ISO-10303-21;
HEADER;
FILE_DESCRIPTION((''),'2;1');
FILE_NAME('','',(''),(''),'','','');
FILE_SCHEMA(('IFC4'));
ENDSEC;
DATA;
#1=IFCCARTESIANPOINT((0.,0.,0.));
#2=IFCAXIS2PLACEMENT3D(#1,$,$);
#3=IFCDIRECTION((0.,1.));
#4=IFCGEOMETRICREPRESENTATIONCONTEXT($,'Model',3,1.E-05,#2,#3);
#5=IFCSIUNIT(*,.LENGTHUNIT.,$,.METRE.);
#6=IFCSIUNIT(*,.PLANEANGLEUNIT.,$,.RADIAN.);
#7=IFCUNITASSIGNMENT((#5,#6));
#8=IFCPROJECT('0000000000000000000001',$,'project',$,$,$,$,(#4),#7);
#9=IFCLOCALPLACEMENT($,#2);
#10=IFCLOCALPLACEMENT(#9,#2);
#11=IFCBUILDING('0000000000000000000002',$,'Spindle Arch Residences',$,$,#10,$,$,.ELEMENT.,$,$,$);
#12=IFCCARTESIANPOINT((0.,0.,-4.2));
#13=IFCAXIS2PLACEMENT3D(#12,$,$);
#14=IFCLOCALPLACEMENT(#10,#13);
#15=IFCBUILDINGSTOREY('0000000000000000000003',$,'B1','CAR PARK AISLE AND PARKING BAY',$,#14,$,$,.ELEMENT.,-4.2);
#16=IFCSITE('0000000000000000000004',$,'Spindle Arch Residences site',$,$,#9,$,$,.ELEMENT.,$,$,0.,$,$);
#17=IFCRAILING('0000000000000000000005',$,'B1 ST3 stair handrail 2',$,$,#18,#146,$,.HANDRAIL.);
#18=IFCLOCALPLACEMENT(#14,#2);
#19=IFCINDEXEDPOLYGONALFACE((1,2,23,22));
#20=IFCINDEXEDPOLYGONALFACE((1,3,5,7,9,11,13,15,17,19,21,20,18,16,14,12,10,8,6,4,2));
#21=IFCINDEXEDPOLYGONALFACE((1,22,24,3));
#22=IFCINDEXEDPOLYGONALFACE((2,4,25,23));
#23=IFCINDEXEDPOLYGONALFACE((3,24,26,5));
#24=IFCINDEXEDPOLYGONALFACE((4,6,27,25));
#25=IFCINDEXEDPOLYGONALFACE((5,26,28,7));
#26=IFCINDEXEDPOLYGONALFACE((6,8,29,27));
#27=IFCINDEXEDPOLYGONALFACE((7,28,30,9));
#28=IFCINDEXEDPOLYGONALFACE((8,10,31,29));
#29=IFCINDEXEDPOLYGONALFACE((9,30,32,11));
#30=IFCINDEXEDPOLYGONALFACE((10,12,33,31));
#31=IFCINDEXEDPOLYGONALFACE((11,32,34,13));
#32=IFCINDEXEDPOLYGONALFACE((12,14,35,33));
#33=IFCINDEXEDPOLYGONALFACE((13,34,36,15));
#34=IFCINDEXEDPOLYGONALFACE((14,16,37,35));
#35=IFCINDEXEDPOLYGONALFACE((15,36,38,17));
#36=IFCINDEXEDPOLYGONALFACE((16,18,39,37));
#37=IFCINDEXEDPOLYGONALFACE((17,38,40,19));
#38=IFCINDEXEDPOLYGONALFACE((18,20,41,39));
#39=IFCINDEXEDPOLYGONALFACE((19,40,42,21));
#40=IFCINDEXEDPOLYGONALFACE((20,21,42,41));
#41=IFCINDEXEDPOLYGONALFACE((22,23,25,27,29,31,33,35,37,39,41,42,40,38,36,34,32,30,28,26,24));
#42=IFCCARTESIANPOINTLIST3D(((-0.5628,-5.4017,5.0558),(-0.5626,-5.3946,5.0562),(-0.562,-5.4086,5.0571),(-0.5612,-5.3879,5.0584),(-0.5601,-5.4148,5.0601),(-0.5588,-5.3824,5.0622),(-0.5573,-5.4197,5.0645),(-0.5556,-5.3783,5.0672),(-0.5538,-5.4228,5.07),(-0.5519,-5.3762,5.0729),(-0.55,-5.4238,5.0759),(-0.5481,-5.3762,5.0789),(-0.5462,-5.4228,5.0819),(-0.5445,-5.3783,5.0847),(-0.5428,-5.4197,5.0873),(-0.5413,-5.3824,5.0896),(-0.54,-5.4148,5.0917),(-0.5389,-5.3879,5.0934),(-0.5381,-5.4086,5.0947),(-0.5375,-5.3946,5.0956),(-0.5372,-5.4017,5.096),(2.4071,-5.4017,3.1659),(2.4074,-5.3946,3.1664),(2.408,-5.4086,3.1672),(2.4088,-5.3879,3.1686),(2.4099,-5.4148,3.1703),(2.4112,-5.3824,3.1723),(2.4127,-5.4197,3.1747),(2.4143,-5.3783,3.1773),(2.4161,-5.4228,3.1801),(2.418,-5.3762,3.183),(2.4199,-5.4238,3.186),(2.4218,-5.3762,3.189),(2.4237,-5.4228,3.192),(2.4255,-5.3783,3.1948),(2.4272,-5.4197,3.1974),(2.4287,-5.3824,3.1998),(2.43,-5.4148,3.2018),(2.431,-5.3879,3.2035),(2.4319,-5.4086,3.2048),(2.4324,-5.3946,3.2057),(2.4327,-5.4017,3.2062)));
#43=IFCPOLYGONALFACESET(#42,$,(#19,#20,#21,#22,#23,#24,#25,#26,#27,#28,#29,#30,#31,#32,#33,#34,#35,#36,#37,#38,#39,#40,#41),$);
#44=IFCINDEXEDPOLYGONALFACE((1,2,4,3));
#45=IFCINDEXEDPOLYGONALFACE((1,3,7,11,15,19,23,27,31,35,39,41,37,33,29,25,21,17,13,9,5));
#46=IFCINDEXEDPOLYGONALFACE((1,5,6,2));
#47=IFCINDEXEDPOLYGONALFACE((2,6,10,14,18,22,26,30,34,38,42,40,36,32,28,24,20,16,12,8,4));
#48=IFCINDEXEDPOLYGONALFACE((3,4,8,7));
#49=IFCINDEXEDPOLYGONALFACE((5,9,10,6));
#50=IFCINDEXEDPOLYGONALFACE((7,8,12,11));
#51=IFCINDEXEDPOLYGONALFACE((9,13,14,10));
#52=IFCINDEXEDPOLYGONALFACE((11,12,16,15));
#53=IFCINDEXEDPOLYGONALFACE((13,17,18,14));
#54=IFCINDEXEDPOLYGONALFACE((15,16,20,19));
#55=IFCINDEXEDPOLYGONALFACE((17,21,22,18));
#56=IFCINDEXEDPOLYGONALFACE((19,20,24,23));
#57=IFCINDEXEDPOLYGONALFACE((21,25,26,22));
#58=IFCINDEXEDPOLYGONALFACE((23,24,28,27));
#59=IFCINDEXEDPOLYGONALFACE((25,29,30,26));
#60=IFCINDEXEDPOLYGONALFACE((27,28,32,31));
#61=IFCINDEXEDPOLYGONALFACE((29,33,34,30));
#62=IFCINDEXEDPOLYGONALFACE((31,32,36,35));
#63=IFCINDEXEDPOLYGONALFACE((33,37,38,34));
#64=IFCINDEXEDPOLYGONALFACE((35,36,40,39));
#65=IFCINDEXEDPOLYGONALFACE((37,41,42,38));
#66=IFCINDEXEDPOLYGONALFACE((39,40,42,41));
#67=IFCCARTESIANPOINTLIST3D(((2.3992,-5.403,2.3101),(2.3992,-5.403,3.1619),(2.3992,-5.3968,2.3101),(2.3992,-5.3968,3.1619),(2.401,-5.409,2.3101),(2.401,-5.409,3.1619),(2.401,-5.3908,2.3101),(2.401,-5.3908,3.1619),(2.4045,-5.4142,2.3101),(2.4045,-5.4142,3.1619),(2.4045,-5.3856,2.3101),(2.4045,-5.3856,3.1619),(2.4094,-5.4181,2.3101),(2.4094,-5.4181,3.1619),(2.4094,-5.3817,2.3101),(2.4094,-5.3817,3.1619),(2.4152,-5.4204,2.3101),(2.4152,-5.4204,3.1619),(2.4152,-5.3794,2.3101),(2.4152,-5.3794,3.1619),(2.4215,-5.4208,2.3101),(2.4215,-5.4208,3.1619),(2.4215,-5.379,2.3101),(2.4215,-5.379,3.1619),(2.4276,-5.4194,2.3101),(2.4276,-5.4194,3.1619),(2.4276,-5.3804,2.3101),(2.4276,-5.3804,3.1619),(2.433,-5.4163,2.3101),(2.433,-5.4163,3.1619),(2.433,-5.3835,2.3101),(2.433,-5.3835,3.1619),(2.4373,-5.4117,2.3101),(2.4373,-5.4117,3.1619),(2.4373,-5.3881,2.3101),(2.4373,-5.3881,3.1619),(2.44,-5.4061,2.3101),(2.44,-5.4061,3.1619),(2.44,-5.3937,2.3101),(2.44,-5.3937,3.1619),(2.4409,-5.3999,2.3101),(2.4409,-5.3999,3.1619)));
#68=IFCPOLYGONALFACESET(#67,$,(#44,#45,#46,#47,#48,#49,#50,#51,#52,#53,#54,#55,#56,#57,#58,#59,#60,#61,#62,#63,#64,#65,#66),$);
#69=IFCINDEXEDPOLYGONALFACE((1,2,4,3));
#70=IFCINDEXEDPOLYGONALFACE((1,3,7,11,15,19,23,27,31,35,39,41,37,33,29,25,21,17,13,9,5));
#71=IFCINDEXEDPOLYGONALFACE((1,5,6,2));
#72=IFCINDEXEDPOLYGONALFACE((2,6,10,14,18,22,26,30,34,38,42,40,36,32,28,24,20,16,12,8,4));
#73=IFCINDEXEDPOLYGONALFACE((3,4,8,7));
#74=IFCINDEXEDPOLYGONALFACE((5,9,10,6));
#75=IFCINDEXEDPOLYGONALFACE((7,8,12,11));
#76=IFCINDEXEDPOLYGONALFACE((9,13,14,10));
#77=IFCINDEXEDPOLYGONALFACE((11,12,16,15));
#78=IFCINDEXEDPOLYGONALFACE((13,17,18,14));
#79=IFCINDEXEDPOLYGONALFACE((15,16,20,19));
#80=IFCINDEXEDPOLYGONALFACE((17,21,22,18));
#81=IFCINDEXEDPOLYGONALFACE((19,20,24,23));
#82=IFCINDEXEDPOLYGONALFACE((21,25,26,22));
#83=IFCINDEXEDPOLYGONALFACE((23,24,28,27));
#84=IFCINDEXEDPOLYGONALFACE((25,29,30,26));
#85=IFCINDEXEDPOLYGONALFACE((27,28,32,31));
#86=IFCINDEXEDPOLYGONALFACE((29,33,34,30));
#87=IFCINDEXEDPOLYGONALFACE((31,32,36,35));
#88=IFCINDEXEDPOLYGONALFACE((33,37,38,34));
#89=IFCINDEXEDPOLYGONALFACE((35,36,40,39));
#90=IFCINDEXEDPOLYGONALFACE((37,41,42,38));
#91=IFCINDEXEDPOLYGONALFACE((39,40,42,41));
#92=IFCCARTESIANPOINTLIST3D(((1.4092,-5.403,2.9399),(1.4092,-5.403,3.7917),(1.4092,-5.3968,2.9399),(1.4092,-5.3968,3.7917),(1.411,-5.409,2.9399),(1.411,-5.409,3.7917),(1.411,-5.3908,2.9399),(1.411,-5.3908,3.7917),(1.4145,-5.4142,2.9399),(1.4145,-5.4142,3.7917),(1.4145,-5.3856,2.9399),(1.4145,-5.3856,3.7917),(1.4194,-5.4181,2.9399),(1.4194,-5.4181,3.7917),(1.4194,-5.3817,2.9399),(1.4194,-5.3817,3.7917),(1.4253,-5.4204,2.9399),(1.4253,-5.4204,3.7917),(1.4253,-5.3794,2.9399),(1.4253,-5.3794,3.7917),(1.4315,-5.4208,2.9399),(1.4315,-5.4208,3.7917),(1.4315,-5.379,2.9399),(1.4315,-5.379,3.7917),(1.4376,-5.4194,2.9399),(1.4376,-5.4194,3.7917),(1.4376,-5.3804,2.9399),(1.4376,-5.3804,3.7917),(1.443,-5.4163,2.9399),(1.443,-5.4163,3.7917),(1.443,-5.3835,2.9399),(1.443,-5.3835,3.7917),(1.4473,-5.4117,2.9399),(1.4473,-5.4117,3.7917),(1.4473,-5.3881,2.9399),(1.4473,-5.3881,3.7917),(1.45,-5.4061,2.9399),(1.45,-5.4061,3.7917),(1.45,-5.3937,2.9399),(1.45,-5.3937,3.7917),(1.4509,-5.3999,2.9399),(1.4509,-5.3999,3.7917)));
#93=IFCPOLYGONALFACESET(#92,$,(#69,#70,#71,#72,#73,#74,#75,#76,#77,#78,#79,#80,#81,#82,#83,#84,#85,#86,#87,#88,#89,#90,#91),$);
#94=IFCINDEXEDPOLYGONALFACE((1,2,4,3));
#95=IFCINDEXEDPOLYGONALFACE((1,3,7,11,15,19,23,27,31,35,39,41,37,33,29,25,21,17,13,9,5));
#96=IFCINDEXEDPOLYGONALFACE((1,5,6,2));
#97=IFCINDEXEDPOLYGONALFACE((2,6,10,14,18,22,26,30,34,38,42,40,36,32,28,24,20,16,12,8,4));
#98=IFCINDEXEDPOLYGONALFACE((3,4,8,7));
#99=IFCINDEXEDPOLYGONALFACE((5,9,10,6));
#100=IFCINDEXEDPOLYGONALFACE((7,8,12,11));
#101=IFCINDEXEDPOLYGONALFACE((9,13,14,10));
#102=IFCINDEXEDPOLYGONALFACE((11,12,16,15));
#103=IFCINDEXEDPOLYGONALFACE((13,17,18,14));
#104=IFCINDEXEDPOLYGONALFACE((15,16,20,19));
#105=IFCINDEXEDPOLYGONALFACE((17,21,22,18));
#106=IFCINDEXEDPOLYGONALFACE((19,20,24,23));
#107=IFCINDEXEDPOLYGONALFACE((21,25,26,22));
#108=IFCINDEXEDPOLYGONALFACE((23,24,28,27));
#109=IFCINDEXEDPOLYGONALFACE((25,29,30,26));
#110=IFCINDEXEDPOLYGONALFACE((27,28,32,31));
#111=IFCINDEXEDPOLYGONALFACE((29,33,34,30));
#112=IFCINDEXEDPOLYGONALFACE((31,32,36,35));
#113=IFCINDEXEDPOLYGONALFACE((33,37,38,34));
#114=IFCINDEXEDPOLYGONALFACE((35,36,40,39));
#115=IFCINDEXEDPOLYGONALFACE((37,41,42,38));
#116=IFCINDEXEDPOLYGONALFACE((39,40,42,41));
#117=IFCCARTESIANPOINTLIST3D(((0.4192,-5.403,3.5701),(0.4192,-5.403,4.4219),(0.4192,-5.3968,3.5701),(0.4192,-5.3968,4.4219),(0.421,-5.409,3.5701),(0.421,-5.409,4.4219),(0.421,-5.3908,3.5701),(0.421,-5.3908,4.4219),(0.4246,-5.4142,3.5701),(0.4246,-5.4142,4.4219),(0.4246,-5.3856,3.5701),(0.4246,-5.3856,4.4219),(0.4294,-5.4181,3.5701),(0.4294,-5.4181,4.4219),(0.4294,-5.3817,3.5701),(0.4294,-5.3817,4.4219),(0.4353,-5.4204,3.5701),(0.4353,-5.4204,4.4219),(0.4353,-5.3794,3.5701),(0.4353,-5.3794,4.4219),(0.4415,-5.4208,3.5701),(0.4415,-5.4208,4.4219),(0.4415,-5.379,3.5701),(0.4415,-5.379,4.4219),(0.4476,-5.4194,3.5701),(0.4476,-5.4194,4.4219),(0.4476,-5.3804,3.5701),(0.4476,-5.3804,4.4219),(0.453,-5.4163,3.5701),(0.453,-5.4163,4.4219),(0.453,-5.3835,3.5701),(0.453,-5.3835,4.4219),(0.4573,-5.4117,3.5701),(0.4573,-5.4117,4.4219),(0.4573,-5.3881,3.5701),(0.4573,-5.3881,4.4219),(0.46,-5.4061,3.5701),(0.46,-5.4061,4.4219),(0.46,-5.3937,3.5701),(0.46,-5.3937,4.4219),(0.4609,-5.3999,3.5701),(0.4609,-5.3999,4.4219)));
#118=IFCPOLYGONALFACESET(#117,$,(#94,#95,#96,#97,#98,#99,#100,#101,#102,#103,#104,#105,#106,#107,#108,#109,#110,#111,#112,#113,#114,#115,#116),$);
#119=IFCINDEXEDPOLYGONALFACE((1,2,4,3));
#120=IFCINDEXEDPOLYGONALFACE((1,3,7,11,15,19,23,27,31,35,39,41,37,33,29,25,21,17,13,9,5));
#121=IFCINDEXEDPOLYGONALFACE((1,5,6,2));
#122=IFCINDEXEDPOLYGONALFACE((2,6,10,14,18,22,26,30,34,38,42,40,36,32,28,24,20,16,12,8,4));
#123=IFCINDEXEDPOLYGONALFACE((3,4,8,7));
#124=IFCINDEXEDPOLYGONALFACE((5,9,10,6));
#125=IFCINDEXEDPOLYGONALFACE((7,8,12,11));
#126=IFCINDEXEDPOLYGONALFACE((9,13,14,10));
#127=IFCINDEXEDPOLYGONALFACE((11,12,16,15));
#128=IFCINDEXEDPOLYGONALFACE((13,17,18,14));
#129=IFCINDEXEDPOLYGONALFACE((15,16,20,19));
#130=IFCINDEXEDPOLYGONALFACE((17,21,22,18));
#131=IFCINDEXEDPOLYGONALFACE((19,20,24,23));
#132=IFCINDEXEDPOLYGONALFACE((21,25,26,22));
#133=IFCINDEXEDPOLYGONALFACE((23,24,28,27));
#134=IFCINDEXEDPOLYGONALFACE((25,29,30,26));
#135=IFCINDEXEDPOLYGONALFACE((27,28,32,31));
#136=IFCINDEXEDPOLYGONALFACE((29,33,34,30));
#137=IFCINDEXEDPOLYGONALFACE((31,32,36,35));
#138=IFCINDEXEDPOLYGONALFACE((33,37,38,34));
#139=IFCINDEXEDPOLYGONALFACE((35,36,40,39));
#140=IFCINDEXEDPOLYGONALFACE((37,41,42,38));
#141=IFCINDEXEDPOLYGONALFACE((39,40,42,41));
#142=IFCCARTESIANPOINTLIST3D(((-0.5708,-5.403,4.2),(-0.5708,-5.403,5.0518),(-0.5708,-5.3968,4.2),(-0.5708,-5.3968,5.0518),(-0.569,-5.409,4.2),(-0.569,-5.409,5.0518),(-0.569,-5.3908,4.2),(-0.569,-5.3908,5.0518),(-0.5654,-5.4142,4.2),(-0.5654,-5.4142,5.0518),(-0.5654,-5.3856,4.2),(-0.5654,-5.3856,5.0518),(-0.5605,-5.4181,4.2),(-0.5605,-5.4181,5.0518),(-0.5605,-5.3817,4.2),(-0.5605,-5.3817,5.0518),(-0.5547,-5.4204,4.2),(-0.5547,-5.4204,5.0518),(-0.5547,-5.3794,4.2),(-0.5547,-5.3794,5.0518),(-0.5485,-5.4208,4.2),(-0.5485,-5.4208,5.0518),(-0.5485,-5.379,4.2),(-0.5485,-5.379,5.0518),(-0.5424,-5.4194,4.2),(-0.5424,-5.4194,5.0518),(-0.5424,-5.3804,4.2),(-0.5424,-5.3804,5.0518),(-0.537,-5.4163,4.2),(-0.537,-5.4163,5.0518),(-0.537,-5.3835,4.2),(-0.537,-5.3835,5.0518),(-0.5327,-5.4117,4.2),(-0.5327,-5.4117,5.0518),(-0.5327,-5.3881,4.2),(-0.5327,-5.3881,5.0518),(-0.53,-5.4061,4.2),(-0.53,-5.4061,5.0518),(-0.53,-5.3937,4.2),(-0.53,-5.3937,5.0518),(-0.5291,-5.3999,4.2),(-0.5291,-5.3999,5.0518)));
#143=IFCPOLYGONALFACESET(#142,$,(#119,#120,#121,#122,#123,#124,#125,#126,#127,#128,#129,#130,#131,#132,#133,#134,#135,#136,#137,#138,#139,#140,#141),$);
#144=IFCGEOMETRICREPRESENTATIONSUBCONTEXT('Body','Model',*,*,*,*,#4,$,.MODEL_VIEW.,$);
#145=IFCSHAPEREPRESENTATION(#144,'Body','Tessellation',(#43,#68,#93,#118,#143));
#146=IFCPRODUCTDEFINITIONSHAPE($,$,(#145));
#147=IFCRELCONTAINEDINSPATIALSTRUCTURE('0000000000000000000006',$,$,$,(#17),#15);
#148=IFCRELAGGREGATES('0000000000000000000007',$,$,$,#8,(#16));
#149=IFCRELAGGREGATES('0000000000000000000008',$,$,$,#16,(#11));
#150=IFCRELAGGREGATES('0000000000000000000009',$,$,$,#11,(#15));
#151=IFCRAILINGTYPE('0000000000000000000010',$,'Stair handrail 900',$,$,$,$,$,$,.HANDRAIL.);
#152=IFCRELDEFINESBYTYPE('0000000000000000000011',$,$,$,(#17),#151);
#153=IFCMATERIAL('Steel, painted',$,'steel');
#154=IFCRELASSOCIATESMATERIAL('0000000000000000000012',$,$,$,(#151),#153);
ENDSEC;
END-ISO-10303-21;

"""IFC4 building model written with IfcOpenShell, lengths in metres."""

from ifc_helpers import new_model, si_unit, direction, frame, origin, origin_2d, place, context, subcontext, project, spatial, circle, extrude, material, type_object, element, save


model = new_model("IFC4")

# Units and contexts
model_context = context("Model", 3, precision=1e-05, world=origin(), true_north=direction((0.0, 1.0)))
body_context = subcontext(model_context, "Body", "Model", "MODEL_VIEW")
ifc_project = project(units=[si_unit("LENGTHUNIT", "METRE"), si_unit("PLANEANGLEUNIT", "RADIAN")], contexts=[model_context])

# Site, building, storey
site_placement = place(None, origin())
site = spatial("IfcSite", under=ifc_project, at=site_placement, Name="Spindle Arch Residences site", CompositionType="ELEMENT", RefElevation=0.0)
building_placement = place(site_placement, origin())
building = spatial("IfcBuilding", under=site, at=building_placement, Name="Spindle Arch Residences", CompositionType="ELEMENT")
storey_placement = place(building_placement, frame((0.0, 0.0, -4.2)))
storey = spatial("IfcBuildingStorey", under=building, at=storey_placement, Name="B1", Description="CAR PARK AISLE AND PARKING BAY", CompositionType="ELEMENT", Elevation=-4.2)

# Railing
ifc_material_1 = material(Name="Steel, painted", Category="steel")
railing_type = type_object("IfcRailingType", Name="Stair handrail 900", PredefinedType="HANDRAIL", material=ifc_material_1)
railing_1_placement = place(storey_placement, frame((2.4199, -5.3999, 2.3101)))
element("IfcRailing", 1, at=railing_1_placement, inside=storey, type_object=railing_type, Name="B1 ST3 stair handrail 2", PredefinedType="HANDRAIL", context=body_context, shape_type="SweptSolid", body=[
    extrude(circle(Radius=0.0239, at=origin_2d()), frame((0.0, 0.0, 0.876), z_axis=(-0.843673, 0.0, 0.536858), x_axis=(0.0, -1.0, 0.0)), (0.0, 0.0, 1.0), 3.5203),
    extrude(circle(Radius=0.021, at=origin_2d()), origin(), (0.0, 0.0, 1.0), 0.8518),
    extrude(circle(Radius=0.021, at=origin_2d()), frame((-0.99, 0.0, 0.6299)), (0.0, 0.0, 1.0), 0.8518),
    extrude(circle(Radius=0.021, at=origin_2d()), frame((-1.98, 0.0, 1.26)), (0.0, 0.0, 1.0), 0.8518),
    extrude(circle(Radius=0.021, at=origin_2d()), frame((-2.97, 0.0, 1.8899)), (0.0, 0.0, 1.0), 0.8518),
])

save(model, "model.ifc")
